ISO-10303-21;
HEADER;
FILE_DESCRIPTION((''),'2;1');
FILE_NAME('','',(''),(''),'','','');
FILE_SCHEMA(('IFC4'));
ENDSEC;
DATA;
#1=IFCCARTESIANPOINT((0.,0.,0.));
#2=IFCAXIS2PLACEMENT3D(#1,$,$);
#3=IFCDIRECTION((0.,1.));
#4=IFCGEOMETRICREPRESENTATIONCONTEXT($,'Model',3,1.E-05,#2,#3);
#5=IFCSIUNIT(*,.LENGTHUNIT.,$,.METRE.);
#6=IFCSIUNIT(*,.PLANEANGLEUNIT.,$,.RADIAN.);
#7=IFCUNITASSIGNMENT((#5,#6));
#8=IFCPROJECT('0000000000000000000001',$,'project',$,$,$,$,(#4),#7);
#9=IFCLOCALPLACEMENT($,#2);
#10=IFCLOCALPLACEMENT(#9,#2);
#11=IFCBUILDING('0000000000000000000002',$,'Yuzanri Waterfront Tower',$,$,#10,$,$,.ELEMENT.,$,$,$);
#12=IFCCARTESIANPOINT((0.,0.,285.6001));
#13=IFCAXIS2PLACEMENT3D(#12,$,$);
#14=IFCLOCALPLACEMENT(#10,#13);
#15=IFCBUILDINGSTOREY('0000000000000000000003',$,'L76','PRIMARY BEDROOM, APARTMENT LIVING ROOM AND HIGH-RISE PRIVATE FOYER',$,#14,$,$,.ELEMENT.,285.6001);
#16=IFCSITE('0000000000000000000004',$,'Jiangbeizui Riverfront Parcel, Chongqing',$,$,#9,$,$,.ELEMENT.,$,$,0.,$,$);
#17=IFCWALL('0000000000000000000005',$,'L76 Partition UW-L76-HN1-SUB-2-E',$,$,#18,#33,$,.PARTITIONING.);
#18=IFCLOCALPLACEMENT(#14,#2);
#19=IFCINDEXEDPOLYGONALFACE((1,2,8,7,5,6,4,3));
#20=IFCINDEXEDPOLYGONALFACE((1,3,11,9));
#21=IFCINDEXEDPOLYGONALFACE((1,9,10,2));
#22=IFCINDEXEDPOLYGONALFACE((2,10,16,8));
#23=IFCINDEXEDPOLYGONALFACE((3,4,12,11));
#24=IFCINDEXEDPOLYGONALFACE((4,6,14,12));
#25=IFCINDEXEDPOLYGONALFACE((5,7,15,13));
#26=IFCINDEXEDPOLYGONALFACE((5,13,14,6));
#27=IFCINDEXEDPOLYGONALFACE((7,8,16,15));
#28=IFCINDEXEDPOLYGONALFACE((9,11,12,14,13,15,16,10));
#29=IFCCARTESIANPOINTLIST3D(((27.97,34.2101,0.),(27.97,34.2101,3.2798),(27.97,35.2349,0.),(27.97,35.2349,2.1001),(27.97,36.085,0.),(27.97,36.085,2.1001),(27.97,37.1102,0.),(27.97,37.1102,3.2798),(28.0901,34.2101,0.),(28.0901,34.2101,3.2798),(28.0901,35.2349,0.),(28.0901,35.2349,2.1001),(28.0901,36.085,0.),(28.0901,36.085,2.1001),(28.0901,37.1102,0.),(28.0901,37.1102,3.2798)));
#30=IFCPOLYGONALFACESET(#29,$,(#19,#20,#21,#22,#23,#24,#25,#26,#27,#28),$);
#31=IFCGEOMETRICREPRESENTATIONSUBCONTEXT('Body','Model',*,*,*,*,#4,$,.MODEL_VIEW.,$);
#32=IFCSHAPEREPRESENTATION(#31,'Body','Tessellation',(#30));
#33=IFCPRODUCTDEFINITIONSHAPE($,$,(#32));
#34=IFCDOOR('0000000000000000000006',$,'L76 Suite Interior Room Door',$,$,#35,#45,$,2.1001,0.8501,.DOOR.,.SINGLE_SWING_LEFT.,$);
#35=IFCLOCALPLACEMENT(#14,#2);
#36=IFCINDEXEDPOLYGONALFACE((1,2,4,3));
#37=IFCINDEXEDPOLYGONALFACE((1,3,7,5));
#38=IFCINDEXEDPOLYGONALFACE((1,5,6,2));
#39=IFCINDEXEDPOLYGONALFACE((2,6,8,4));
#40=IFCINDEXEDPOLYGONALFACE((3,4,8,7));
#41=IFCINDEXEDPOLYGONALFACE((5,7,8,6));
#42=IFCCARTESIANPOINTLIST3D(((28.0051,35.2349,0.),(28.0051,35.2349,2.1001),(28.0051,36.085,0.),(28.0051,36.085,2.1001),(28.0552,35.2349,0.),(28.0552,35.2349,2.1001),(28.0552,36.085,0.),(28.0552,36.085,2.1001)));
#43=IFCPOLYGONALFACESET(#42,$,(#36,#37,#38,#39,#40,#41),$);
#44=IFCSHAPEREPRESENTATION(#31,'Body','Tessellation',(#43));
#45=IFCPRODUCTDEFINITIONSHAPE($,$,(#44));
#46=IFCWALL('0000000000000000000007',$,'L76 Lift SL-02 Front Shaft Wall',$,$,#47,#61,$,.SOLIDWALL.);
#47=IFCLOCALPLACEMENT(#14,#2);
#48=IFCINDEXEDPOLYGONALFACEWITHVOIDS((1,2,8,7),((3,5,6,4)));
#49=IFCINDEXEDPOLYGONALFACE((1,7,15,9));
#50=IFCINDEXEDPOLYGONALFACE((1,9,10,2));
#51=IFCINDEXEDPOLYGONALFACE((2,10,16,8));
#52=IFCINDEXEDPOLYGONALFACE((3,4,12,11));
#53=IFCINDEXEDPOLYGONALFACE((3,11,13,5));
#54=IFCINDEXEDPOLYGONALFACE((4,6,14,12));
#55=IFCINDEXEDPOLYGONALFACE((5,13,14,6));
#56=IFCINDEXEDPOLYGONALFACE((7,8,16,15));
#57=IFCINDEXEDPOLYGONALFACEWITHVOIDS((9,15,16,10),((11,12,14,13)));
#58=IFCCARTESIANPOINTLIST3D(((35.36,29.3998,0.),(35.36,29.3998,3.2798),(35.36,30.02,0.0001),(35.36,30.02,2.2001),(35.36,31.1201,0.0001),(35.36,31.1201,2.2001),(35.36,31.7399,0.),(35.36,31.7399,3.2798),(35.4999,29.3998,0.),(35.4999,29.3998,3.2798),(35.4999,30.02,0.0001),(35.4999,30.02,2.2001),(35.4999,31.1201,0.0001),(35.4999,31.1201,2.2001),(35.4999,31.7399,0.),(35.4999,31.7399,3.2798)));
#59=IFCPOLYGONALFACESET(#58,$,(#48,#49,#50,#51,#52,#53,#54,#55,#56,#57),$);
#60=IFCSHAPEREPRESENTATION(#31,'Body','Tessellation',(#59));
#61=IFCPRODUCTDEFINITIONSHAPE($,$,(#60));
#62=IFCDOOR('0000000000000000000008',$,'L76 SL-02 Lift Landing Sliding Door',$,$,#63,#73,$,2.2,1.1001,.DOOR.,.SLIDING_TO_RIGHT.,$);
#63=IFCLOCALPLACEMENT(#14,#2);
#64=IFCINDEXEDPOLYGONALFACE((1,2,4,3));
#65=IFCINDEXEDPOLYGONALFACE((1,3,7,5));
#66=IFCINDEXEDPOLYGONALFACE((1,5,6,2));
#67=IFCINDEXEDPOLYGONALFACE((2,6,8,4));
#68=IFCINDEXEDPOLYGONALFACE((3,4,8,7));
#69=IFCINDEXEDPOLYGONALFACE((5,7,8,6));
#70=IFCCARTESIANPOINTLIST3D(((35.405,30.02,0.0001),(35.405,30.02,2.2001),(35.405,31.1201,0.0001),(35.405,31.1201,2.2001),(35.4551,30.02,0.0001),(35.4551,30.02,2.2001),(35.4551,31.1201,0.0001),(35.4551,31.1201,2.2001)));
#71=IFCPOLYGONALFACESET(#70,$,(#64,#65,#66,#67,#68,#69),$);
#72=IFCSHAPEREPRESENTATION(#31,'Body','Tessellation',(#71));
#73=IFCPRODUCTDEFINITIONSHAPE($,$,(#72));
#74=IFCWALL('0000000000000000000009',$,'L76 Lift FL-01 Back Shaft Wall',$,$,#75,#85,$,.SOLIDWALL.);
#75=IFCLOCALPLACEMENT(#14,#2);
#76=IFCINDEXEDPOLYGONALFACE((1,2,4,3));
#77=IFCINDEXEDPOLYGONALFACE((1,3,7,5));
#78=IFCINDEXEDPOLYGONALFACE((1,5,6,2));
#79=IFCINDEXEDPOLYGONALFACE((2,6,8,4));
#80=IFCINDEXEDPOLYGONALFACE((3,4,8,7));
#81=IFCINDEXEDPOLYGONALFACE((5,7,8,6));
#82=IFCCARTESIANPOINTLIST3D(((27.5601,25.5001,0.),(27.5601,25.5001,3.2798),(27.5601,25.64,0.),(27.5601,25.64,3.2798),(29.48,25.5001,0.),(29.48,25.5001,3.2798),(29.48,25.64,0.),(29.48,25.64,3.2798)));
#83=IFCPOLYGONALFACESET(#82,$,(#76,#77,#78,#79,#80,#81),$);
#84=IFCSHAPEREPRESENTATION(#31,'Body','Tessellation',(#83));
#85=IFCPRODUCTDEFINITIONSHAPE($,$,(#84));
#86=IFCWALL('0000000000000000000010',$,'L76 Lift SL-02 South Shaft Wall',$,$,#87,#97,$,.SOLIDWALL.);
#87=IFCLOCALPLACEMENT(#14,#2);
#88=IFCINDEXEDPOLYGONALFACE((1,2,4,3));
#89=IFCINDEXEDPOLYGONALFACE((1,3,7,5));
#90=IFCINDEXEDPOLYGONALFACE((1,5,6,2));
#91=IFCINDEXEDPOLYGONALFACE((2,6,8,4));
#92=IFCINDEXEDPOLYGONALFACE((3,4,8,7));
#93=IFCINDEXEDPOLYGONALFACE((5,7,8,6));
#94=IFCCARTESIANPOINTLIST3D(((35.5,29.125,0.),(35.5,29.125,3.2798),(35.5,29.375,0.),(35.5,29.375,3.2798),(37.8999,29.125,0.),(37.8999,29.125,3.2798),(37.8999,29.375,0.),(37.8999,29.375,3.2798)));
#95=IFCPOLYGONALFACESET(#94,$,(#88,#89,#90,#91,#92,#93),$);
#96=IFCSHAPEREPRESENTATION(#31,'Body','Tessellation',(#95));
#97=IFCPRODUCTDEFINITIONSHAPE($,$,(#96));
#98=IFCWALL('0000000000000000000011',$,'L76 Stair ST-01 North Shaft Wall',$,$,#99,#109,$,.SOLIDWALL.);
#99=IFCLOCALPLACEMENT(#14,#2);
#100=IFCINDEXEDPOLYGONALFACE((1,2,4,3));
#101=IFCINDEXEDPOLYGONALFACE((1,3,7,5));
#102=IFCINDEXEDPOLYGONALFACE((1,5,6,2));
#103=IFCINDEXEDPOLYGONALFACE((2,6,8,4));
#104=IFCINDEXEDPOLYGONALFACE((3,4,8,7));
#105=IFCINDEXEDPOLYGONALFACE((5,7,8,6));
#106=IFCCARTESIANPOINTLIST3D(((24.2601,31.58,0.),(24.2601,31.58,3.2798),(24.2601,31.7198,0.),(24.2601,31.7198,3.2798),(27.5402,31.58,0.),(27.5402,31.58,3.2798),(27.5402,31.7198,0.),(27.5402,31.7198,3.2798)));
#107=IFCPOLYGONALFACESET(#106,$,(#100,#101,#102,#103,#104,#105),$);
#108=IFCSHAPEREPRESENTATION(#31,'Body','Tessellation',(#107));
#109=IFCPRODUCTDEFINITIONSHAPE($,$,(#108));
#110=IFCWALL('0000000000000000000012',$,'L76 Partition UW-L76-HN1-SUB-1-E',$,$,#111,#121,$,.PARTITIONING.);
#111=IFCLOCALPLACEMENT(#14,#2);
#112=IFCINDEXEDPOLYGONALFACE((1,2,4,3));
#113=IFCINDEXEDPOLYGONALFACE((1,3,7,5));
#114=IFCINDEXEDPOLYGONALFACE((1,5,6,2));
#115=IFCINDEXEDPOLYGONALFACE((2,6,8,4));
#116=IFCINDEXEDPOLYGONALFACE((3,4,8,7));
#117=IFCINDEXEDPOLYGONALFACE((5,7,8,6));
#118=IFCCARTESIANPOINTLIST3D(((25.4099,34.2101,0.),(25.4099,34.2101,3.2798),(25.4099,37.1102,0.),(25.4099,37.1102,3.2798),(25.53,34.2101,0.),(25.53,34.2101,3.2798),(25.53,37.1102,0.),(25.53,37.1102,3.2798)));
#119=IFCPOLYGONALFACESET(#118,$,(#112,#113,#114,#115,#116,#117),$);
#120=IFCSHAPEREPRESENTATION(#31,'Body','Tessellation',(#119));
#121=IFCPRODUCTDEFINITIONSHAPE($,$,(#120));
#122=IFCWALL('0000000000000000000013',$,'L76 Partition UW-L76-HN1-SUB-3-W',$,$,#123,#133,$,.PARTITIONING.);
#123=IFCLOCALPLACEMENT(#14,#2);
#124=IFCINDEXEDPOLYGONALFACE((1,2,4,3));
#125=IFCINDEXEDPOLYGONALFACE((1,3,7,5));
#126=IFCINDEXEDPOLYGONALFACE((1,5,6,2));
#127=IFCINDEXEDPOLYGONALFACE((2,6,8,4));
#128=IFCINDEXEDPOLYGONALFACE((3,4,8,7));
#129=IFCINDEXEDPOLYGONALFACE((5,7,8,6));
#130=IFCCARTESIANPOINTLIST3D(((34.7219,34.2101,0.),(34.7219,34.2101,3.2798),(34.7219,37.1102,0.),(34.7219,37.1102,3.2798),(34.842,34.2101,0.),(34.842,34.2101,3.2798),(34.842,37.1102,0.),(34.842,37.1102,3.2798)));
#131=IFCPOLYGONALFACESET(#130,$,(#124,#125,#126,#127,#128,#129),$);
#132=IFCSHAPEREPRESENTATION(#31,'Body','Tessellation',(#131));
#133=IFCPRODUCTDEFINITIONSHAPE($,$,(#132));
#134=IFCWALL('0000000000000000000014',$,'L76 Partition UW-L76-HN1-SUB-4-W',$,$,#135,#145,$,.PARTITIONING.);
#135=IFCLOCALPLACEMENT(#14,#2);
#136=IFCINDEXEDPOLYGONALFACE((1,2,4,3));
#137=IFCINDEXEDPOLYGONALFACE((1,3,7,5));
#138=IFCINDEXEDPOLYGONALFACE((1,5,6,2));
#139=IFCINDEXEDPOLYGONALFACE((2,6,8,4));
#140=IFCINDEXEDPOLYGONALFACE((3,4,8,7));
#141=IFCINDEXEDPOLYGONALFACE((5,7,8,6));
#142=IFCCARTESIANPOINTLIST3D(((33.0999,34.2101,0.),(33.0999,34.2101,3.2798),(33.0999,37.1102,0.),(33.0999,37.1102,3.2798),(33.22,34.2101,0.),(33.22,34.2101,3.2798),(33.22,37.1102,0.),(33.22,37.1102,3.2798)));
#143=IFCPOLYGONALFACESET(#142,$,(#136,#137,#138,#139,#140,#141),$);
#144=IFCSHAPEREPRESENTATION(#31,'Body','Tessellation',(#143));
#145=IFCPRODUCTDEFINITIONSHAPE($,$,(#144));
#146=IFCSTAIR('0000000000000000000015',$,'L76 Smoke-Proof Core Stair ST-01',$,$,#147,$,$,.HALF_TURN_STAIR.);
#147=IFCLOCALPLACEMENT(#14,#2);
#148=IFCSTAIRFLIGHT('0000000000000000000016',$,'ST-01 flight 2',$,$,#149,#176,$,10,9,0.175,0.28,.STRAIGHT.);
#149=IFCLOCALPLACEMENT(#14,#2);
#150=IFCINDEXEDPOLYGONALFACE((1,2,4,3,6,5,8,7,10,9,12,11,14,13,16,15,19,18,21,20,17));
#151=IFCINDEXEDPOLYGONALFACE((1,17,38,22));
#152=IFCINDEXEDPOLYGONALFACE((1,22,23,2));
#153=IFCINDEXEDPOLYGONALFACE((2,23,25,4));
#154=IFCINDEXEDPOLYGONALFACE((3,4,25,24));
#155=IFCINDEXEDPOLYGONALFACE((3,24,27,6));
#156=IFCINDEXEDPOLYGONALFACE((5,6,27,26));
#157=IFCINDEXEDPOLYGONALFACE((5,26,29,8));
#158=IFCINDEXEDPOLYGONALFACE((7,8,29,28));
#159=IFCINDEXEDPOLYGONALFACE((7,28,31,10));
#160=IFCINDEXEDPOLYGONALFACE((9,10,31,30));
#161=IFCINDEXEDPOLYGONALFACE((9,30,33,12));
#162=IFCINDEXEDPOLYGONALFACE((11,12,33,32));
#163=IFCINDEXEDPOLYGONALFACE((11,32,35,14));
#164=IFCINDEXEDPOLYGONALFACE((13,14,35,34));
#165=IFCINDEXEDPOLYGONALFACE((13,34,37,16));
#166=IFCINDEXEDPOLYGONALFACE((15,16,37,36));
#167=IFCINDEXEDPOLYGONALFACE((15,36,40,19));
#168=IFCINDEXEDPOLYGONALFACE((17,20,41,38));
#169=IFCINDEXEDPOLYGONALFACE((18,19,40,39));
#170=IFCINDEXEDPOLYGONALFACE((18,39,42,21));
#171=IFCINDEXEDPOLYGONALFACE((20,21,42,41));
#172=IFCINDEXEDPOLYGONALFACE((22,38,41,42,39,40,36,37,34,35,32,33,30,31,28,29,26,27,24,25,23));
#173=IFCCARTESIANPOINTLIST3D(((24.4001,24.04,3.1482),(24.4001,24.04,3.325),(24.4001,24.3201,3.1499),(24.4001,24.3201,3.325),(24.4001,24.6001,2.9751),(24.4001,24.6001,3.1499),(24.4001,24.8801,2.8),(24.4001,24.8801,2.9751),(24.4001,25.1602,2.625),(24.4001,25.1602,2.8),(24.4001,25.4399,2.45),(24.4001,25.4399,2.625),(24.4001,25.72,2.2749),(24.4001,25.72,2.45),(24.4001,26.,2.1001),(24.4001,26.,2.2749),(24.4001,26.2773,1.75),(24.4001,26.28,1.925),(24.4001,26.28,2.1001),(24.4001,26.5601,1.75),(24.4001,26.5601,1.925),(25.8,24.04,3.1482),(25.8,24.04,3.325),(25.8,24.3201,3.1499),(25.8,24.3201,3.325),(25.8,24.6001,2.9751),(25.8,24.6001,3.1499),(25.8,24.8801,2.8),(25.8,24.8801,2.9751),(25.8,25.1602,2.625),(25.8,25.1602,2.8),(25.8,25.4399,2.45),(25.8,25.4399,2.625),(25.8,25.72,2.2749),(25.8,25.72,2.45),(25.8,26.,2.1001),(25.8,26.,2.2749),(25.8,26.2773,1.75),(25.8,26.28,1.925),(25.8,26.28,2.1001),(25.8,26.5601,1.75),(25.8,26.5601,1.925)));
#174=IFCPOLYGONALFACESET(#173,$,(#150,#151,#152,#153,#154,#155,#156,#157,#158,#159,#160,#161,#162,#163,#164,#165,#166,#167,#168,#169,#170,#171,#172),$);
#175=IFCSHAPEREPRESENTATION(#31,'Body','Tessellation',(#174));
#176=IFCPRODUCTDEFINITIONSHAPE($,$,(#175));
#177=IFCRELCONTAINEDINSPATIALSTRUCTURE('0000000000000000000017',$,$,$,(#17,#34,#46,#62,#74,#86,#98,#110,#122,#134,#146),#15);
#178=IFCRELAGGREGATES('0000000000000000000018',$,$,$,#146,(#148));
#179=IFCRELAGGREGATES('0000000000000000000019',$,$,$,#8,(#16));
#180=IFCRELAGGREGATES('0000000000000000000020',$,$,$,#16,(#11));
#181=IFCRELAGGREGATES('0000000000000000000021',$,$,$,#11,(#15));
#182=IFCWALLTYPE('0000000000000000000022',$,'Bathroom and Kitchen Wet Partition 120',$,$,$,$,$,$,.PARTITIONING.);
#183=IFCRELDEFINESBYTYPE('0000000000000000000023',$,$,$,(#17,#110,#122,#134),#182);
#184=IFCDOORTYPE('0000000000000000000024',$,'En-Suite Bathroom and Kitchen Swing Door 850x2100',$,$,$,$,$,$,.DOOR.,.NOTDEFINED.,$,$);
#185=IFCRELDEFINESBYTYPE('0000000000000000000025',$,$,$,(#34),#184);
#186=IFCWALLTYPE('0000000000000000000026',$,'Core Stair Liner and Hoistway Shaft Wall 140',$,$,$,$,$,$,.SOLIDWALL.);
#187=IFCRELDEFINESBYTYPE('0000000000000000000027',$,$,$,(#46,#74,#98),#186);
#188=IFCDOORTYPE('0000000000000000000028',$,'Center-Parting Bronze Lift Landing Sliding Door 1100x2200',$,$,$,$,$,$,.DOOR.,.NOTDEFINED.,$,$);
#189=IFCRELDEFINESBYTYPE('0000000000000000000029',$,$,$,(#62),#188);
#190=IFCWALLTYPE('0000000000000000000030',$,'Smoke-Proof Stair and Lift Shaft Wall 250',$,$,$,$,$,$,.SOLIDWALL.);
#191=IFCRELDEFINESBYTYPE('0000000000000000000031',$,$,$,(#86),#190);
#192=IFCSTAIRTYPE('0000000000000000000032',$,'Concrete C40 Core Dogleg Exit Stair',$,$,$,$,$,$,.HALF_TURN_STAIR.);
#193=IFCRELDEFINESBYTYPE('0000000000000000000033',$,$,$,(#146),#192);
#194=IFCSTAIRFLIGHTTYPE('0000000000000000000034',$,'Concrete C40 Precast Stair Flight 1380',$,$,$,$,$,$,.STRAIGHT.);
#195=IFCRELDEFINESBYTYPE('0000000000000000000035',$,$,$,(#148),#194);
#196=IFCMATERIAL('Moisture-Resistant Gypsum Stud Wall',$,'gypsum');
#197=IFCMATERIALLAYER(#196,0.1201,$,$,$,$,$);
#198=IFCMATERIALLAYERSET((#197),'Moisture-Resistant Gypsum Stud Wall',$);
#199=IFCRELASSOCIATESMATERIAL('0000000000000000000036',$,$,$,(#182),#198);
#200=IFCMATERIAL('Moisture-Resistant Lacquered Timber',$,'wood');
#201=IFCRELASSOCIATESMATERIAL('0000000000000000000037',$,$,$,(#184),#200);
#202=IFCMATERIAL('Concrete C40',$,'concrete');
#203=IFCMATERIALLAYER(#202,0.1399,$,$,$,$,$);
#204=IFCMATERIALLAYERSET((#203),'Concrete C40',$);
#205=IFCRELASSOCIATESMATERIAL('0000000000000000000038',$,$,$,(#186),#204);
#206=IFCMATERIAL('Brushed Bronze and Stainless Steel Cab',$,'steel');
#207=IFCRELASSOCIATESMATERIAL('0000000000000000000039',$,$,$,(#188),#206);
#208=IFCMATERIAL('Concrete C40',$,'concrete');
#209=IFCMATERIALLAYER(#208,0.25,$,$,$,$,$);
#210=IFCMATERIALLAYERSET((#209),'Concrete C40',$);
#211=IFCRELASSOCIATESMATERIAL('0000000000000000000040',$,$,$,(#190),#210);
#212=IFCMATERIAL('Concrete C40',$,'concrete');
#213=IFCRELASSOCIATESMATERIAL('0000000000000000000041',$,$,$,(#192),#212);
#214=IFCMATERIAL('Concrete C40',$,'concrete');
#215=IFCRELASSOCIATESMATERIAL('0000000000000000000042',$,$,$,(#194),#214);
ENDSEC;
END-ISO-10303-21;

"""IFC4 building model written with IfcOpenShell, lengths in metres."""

from ifc_helpers import new_model, si_unit, direction, frame, frame_2d, origin, place, context, subcontext, project, spatial, polyline, rectangle, outline, extrude, source, transform, mapped, material, layer, layer_set, type_object, element, fill, aggregate, save


model = new_model("IFC4")

# Units and contexts
model_context = context("Model", 3, precision=1e-05, world=origin(), true_north=direction((0.0, 1.0)))
body_context = subcontext(model_context, "Body", "Model", "MODEL_VIEW")
ifc_project = project(units=[si_unit("LENGTHUNIT", "METRE"), si_unit("PLANEANGLEUNIT", "RADIAN")], contexts=[model_context])

# Site, building, storey
site_placement = place(None, origin())
site = spatial("IfcSite", under=ifc_project, at=site_placement, Name="Jiangbeizui Riverfront Parcel, Chongqing", CompositionType="ELEMENT", RefElevation=0.0)
building_placement = place(site_placement, origin())
building = spatial("IfcBuilding", under=site, at=building_placement, Name="Yuzanri Waterfront Tower", CompositionType="ELEMENT")
storey_placement = place(building_placement, frame((0.0, 0.0, 285.6001)))
storey = spatial("IfcBuildingStorey", under=building, at=storey_placement, Name="L76", Description="PRIMARY BEDROOM, APARTMENT LIVING ROOM AND HIGH-RISE PRIVATE FOYER", CompositionType="ELEMENT", Elevation=285.6001)

# Walls, openings, doors
ifc_material_1 = material(Name="Moisture-Resistant Gypsum Stud Wall", Category="gypsum")
ifc_layer_1 = layer(ifc_material_1, 0.1201)
ifc_layer_set_1 = layer_set([ifc_layer_1], Name="Moisture-Resistant Gypsum Stud Wall")
wall_type_1 = type_object("IfcWallType", Name="Bathroom and Kitchen Wet Partition 120", PredefinedType="PARTITIONING", material=ifc_layer_set_1)
wall_1_placement = place(storey_placement, frame((28.03, 34.21, 0.0), z_axis=(0.0, 0.0, 1.0), x_axis=(0.0, 1.0, 0.0)))
wall_1 = element("IfcWall", 1, at=wall_1_placement, inside=storey, type_object=wall_type_1, Name="L76 Partition UW-L76-HN1-SUB-2-E", PredefinedType="PARTITIONING", context=body_context, shape_type="SweptSolid", body=[
    extrude(rectangle(XDim=2.9001, YDim=0.1201, at=frame_2d((1.4502, 0.0))), origin(), (0.0, 0.0, 1.0), 3.2798),
])
opening_1_placement = place(wall_1_placement, frame((1.0249, 0.0, 0.0)))
opening_1 = element("IfcOpeningElement", 2, at=opening_1_placement, cuts=wall_1, PredefinedType="OPENING", context=body_context, shape_type="SweptSolid", body=[
    extrude(rectangle(XDim=0.8501, YDim=2.1001, at=frame_2d((0.425, 1.05))), frame((0.0, 0.075, 0.0), z_axis=(0.0, -1.0, 0.0), x_axis=(1.0, 0.0, 0.0)), (0.0, 0.0, 1.0), 0.1499),
])
ifc_material_2 = material(Name="Moisture-Resistant Lacquered Timber", Category="wood")
door_type_1 = type_object("IfcDoorType", Name="En-Suite Bathroom and Kitchen Swing Door 850x2100", OperationType="NOTDEFINED", PredefinedType="DOOR", material=ifc_material_2)
shared_shape_1 = source(origin(), body_context, "Body", "SweptSolid", [
    extrude(rectangle(XDim=0.8501, YDim=2.1001, at=frame_2d((0.425, 1.05))), frame((0.0, 0.0249, 0.0), z_axis=(0.0, -1.0, 0.0), x_axis=(1.0, 0.0, 0.0)), (0.0, 0.0, 1.0), 0.05),
])
door_1_placement = place(opening_1_placement, origin())
door_1 = element("IfcDoor", 3, at=door_1_placement, inside=storey, type_object=door_type_1, Name="L76 Suite Interior Room Door", OperationType="SINGLE_SWING_LEFT", OverallHeight=2.1001, OverallWidth=0.8501, PredefinedType="DOOR", context=body_context, shape_type="MappedRepresentation", body=[
    mapped(shared_shape_1, transform((0.0, 0.0, 0.0), scale=1.0)),
])
fill(opening_1, door_1)
ifc_material_3 = material(Name="Concrete C40", Category="concrete")
ifc_layer_2 = layer(ifc_material_3, 0.1399)
ifc_layer_set_2 = layer_set([ifc_layer_2], Name="Concrete C40")
wall_type_2 = type_object("IfcWallType", Name="Core Stair Liner and Hoistway Shaft Wall 140", PredefinedType="SOLIDWALL", material=ifc_layer_set_2)
wall_2_placement = place(storey_placement, frame((35.4299, 29.3999, 0.0), z_axis=(0.0, 0.0, 1.0), x_axis=(0.0, 1.0, 0.0)))
wall_2 = element("IfcWall", 4, at=wall_2_placement, inside=storey, type_object=wall_type_2, Name="L76 Lift SL-02 Front Shaft Wall", PredefinedType="SOLIDWALL", context=body_context, shape_type="SweptSolid", body=[
    extrude(rectangle(XDim=2.3401, YDim=0.1399, at=frame_2d((1.1699, 0.0))), origin(), (0.0, 0.0, 1.0), 3.2798),
])
opening_2_placement = place(wall_2_placement, frame((0.6201, 0.0, 0.0)))
opening_2 = element("IfcOpeningElement", 5, at=opening_2_placement, cuts=wall_2, PredefinedType="OPENING", context=body_context, shape_type="SweptSolid", body=[
    extrude(rectangle(XDim=1.1001, YDim=2.2, at=frame_2d((0.55, 1.1001))), frame((0.0, 0.085, 0.0), z_axis=(0.0, -1.0, 0.0), x_axis=(1.0, 0.0, 0.0)), (0.0, 0.0, 1.0), 0.1697),
])
ifc_material_4 = material(Name="Brushed Bronze and Stainless Steel Cab", Category="steel")
door_type_2 = type_object("IfcDoorType", Name="Center-Parting Bronze Lift Landing Sliding Door 1100x2200", OperationType="NOTDEFINED", PredefinedType="DOOR", material=ifc_material_4)
shared_shape_2 = source(origin(), body_context, "Body", "SweptSolid", [
    extrude(rectangle(XDim=1.1001, YDim=2.2, at=frame_2d((0.55, 1.1001))), frame((0.0, 0.0249, 0.0), z_axis=(0.0, -1.0, 0.0), x_axis=(1.0, 0.0, 0.0)), (0.0, 0.0, 1.0), 0.05),
])
door_2_placement = place(opening_2_placement, origin())
door_2 = element("IfcDoor", 6, at=door_2_placement, inside=storey, type_object=door_type_2, Name="L76 SL-02 Lift Landing Sliding Door", OperationType="SLIDING_TO_RIGHT", OverallHeight=2.2, OverallWidth=1.1001, PredefinedType="DOOR", context=body_context, shape_type="MappedRepresentation", body=[
    mapped(shared_shape_2, transform((0.0, 0.0, 0.0), scale=1.0)),
])
fill(opening_2, door_2)

# Walls
shared_shape_3 = source(origin(), body_context, "Body", "SweptSolid", [
    extrude(rectangle(XDim=1.9199, YDim=0.1399, at=frame_2d((0.96, 0.0))), origin(), (0.0, 0.0, 1.0), 3.2798),
])
wall_3_placement = place(storey_placement, frame((27.5601, 25.5701, 0.0), z_axis=(0.0, 0.0, 1.0), x_axis=(1.0, 0.0, 0.0)))
element("IfcWall", 7, at=wall_3_placement, inside=storey, type_object=wall_type_2, Name="L76 Lift FL-01 Back Shaft Wall", PredefinedType="SOLIDWALL", context=body_context, shape_type="MappedRepresentation", body=[
    mapped(shared_shape_3, transform((0.0, 0.0, 0.0), scale=1.0)),
])
ifc_material_5 = material(Name="Concrete C40", Category="concrete")
ifc_layer_3 = layer(ifc_material_5, 0.25)
ifc_layer_set_3 = layer_set([ifc_layer_3], Name="Concrete C40")
wall_type_3 = type_object("IfcWallType", Name="Smoke-Proof Stair and Lift Shaft Wall 250", PredefinedType="SOLIDWALL", material=ifc_layer_set_3)
shared_shape_4 = source(origin(), body_context, "Body", "SweptSolid", [
    extrude(rectangle(XDim=2.3999, YDim=0.25, at=frame_2d((1.2, 0.0))), origin(), (0.0, 0.0, 1.0), 3.2798),
])
wall_4_placement = place(storey_placement, frame((35.5, 29.25, 0.0), z_axis=(0.0, 0.0, 1.0), x_axis=(1.0, 0.0, 0.0)))
element("IfcWall", 8, at=wall_4_placement, inside=storey, type_object=wall_type_3, Name="L76 Lift SL-02 South Shaft Wall", PredefinedType="SOLIDWALL", context=body_context, shape_type="MappedRepresentation", body=[
    mapped(shared_shape_4, transform((0.0, 0.0, 0.0), scale=1.0)),
])
shared_shape_5 = source(origin(), body_context, "Body", "SweptSolid", [
    extrude(rectangle(XDim=3.28, YDim=0.1399, at=frame_2d((1.6401, 0.0))), origin(), (0.0, 0.0, 1.0), 3.2798),
])
wall_5_placement = place(storey_placement, frame((24.26, 31.6499, 0.0), z_axis=(0.0, 0.0, 1.0), x_axis=(1.0, 0.0, 0.0)))
element("IfcWall", 9, at=wall_5_placement, inside=storey, type_object=wall_type_2, Name="L76 Stair ST-01 North Shaft Wall", PredefinedType="SOLIDWALL", context=body_context, shape_type="MappedRepresentation", body=[
    mapped(shared_shape_5, transform((0.0, 0.0, 0.0), scale=1.0)),
])
shared_shape_6 = source(origin(), body_context, "Body", "SweptSolid", [
    extrude(rectangle(XDim=2.9001, YDim=0.1201, at=frame_2d((1.4502, 0.0))), origin(), (0.0, 0.0, 1.0), 3.2798),
])
for number, where, z_axis, x_axis, name in (
    (10, (25.47, 34.21, 0.0), (0.0, 0.0, 1.0), (0.0, 1.0, 0.0), "L76 Partition UW-L76-HN1-SUB-1-E"),
    (11, (34.782, 34.21, 0.0), (0.0, 0.0, 1.0), (0.0, 1.0, 0.0), "L76 Partition UW-L76-HN1-SUB-3-W"),
    (12, (33.1599, 34.21, 0.0), (0.0, 0.0, 1.0), (0.0, 1.0, 0.0), "L76 Partition UW-L76-HN1-SUB-4-W"),
):
    element("IfcWall", number, at=place(storey_placement, frame(where, z_axis=z_axis, x_axis=x_axis)), inside=storey, type_object=wall_type_1, Name=name, PredefinedType="PARTITIONING", context=body_context, shape_type="MappedRepresentation", body=[
        mapped(shared_shape_6, transform((0.0, 0.0, 0.0), scale=1.0)),
    ])

# Stair, stair flight
ifc_material_6 = material(Name="Concrete C40", Category="concrete")
stair_type = type_object("IfcStairType", Name="Concrete C40 Core Dogleg Exit Stair", PredefinedType="HALF_TURN_STAIR", material=ifc_material_6)
stair_placement = place(storey_placement, origin())
stair = element("IfcStair", 13, at=stair_placement, inside=storey, type_object=stair_type, Name="L76 Smoke-Proof Core Stair ST-01", PredefinedType="HALF_TURN_STAIR")
ifc_material_7 = material(Name="Concrete C40", Category="concrete")
stair_flight_type = type_object("IfcStairFlightType", Name="Concrete C40 Precast Stair Flight 1380", PredefinedType="STRAIGHT", material=ifc_material_7)
shared_shape_7 = source(origin(), body_context, "Body", "SweptSolid", [
    extrude(outline(polyline([(0.0, 0.0), (0.0, 0.175), (0.28, 0.175), (0.28, 0.3501), (0.5601, 0.3501), (0.5601, 0.5249), (0.8401, 0.5249), (0.8401, 0.7), (1.1201, 0.7), (1.1201, 0.875), (1.3999, 0.875), (1.3999, 1.05), (1.6799, 1.05), (1.6799, 1.2251), (1.96, 1.2251), (1.96, 1.3999), (2.24, 1.3999), (2.24, 1.575), (2.52, 1.575), (2.52, 1.75), (2.52, 1.3982), (0.2827, 0.0), (0.0, 0.0)])), frame((0.0, 0.7, 0.0), z_axis=(0.0, -1.0, 0.0), x_axis=(1.0, 0.0, 0.0)), (0.0, 0.0, 1.0), 1.3999),
])
stair_flight_placement = place(storey_placement, frame((25.1001, 26.5601, 1.75), z_axis=(0.0, 0.0, 1.0), x_axis=(0.0, -1.0, 0.0)))
stair_flight = element("IfcStairFlight", 14, at=stair_flight_placement, type_object=stair_flight_type, Name="ST-01 flight 2", NumberOfRisers=10, NumberOfTreads=9, PredefinedType="STRAIGHT", RiserHeight=0.175, TreadLength=0.28, context=body_context, shape_type="MappedRepresentation", body=[
    mapped(shared_shape_7, transform((0.0, 0.0, 0.0), scale=1.0)),
])
aggregate(stair, [stair_flight])

save(model, "model.ifc")
